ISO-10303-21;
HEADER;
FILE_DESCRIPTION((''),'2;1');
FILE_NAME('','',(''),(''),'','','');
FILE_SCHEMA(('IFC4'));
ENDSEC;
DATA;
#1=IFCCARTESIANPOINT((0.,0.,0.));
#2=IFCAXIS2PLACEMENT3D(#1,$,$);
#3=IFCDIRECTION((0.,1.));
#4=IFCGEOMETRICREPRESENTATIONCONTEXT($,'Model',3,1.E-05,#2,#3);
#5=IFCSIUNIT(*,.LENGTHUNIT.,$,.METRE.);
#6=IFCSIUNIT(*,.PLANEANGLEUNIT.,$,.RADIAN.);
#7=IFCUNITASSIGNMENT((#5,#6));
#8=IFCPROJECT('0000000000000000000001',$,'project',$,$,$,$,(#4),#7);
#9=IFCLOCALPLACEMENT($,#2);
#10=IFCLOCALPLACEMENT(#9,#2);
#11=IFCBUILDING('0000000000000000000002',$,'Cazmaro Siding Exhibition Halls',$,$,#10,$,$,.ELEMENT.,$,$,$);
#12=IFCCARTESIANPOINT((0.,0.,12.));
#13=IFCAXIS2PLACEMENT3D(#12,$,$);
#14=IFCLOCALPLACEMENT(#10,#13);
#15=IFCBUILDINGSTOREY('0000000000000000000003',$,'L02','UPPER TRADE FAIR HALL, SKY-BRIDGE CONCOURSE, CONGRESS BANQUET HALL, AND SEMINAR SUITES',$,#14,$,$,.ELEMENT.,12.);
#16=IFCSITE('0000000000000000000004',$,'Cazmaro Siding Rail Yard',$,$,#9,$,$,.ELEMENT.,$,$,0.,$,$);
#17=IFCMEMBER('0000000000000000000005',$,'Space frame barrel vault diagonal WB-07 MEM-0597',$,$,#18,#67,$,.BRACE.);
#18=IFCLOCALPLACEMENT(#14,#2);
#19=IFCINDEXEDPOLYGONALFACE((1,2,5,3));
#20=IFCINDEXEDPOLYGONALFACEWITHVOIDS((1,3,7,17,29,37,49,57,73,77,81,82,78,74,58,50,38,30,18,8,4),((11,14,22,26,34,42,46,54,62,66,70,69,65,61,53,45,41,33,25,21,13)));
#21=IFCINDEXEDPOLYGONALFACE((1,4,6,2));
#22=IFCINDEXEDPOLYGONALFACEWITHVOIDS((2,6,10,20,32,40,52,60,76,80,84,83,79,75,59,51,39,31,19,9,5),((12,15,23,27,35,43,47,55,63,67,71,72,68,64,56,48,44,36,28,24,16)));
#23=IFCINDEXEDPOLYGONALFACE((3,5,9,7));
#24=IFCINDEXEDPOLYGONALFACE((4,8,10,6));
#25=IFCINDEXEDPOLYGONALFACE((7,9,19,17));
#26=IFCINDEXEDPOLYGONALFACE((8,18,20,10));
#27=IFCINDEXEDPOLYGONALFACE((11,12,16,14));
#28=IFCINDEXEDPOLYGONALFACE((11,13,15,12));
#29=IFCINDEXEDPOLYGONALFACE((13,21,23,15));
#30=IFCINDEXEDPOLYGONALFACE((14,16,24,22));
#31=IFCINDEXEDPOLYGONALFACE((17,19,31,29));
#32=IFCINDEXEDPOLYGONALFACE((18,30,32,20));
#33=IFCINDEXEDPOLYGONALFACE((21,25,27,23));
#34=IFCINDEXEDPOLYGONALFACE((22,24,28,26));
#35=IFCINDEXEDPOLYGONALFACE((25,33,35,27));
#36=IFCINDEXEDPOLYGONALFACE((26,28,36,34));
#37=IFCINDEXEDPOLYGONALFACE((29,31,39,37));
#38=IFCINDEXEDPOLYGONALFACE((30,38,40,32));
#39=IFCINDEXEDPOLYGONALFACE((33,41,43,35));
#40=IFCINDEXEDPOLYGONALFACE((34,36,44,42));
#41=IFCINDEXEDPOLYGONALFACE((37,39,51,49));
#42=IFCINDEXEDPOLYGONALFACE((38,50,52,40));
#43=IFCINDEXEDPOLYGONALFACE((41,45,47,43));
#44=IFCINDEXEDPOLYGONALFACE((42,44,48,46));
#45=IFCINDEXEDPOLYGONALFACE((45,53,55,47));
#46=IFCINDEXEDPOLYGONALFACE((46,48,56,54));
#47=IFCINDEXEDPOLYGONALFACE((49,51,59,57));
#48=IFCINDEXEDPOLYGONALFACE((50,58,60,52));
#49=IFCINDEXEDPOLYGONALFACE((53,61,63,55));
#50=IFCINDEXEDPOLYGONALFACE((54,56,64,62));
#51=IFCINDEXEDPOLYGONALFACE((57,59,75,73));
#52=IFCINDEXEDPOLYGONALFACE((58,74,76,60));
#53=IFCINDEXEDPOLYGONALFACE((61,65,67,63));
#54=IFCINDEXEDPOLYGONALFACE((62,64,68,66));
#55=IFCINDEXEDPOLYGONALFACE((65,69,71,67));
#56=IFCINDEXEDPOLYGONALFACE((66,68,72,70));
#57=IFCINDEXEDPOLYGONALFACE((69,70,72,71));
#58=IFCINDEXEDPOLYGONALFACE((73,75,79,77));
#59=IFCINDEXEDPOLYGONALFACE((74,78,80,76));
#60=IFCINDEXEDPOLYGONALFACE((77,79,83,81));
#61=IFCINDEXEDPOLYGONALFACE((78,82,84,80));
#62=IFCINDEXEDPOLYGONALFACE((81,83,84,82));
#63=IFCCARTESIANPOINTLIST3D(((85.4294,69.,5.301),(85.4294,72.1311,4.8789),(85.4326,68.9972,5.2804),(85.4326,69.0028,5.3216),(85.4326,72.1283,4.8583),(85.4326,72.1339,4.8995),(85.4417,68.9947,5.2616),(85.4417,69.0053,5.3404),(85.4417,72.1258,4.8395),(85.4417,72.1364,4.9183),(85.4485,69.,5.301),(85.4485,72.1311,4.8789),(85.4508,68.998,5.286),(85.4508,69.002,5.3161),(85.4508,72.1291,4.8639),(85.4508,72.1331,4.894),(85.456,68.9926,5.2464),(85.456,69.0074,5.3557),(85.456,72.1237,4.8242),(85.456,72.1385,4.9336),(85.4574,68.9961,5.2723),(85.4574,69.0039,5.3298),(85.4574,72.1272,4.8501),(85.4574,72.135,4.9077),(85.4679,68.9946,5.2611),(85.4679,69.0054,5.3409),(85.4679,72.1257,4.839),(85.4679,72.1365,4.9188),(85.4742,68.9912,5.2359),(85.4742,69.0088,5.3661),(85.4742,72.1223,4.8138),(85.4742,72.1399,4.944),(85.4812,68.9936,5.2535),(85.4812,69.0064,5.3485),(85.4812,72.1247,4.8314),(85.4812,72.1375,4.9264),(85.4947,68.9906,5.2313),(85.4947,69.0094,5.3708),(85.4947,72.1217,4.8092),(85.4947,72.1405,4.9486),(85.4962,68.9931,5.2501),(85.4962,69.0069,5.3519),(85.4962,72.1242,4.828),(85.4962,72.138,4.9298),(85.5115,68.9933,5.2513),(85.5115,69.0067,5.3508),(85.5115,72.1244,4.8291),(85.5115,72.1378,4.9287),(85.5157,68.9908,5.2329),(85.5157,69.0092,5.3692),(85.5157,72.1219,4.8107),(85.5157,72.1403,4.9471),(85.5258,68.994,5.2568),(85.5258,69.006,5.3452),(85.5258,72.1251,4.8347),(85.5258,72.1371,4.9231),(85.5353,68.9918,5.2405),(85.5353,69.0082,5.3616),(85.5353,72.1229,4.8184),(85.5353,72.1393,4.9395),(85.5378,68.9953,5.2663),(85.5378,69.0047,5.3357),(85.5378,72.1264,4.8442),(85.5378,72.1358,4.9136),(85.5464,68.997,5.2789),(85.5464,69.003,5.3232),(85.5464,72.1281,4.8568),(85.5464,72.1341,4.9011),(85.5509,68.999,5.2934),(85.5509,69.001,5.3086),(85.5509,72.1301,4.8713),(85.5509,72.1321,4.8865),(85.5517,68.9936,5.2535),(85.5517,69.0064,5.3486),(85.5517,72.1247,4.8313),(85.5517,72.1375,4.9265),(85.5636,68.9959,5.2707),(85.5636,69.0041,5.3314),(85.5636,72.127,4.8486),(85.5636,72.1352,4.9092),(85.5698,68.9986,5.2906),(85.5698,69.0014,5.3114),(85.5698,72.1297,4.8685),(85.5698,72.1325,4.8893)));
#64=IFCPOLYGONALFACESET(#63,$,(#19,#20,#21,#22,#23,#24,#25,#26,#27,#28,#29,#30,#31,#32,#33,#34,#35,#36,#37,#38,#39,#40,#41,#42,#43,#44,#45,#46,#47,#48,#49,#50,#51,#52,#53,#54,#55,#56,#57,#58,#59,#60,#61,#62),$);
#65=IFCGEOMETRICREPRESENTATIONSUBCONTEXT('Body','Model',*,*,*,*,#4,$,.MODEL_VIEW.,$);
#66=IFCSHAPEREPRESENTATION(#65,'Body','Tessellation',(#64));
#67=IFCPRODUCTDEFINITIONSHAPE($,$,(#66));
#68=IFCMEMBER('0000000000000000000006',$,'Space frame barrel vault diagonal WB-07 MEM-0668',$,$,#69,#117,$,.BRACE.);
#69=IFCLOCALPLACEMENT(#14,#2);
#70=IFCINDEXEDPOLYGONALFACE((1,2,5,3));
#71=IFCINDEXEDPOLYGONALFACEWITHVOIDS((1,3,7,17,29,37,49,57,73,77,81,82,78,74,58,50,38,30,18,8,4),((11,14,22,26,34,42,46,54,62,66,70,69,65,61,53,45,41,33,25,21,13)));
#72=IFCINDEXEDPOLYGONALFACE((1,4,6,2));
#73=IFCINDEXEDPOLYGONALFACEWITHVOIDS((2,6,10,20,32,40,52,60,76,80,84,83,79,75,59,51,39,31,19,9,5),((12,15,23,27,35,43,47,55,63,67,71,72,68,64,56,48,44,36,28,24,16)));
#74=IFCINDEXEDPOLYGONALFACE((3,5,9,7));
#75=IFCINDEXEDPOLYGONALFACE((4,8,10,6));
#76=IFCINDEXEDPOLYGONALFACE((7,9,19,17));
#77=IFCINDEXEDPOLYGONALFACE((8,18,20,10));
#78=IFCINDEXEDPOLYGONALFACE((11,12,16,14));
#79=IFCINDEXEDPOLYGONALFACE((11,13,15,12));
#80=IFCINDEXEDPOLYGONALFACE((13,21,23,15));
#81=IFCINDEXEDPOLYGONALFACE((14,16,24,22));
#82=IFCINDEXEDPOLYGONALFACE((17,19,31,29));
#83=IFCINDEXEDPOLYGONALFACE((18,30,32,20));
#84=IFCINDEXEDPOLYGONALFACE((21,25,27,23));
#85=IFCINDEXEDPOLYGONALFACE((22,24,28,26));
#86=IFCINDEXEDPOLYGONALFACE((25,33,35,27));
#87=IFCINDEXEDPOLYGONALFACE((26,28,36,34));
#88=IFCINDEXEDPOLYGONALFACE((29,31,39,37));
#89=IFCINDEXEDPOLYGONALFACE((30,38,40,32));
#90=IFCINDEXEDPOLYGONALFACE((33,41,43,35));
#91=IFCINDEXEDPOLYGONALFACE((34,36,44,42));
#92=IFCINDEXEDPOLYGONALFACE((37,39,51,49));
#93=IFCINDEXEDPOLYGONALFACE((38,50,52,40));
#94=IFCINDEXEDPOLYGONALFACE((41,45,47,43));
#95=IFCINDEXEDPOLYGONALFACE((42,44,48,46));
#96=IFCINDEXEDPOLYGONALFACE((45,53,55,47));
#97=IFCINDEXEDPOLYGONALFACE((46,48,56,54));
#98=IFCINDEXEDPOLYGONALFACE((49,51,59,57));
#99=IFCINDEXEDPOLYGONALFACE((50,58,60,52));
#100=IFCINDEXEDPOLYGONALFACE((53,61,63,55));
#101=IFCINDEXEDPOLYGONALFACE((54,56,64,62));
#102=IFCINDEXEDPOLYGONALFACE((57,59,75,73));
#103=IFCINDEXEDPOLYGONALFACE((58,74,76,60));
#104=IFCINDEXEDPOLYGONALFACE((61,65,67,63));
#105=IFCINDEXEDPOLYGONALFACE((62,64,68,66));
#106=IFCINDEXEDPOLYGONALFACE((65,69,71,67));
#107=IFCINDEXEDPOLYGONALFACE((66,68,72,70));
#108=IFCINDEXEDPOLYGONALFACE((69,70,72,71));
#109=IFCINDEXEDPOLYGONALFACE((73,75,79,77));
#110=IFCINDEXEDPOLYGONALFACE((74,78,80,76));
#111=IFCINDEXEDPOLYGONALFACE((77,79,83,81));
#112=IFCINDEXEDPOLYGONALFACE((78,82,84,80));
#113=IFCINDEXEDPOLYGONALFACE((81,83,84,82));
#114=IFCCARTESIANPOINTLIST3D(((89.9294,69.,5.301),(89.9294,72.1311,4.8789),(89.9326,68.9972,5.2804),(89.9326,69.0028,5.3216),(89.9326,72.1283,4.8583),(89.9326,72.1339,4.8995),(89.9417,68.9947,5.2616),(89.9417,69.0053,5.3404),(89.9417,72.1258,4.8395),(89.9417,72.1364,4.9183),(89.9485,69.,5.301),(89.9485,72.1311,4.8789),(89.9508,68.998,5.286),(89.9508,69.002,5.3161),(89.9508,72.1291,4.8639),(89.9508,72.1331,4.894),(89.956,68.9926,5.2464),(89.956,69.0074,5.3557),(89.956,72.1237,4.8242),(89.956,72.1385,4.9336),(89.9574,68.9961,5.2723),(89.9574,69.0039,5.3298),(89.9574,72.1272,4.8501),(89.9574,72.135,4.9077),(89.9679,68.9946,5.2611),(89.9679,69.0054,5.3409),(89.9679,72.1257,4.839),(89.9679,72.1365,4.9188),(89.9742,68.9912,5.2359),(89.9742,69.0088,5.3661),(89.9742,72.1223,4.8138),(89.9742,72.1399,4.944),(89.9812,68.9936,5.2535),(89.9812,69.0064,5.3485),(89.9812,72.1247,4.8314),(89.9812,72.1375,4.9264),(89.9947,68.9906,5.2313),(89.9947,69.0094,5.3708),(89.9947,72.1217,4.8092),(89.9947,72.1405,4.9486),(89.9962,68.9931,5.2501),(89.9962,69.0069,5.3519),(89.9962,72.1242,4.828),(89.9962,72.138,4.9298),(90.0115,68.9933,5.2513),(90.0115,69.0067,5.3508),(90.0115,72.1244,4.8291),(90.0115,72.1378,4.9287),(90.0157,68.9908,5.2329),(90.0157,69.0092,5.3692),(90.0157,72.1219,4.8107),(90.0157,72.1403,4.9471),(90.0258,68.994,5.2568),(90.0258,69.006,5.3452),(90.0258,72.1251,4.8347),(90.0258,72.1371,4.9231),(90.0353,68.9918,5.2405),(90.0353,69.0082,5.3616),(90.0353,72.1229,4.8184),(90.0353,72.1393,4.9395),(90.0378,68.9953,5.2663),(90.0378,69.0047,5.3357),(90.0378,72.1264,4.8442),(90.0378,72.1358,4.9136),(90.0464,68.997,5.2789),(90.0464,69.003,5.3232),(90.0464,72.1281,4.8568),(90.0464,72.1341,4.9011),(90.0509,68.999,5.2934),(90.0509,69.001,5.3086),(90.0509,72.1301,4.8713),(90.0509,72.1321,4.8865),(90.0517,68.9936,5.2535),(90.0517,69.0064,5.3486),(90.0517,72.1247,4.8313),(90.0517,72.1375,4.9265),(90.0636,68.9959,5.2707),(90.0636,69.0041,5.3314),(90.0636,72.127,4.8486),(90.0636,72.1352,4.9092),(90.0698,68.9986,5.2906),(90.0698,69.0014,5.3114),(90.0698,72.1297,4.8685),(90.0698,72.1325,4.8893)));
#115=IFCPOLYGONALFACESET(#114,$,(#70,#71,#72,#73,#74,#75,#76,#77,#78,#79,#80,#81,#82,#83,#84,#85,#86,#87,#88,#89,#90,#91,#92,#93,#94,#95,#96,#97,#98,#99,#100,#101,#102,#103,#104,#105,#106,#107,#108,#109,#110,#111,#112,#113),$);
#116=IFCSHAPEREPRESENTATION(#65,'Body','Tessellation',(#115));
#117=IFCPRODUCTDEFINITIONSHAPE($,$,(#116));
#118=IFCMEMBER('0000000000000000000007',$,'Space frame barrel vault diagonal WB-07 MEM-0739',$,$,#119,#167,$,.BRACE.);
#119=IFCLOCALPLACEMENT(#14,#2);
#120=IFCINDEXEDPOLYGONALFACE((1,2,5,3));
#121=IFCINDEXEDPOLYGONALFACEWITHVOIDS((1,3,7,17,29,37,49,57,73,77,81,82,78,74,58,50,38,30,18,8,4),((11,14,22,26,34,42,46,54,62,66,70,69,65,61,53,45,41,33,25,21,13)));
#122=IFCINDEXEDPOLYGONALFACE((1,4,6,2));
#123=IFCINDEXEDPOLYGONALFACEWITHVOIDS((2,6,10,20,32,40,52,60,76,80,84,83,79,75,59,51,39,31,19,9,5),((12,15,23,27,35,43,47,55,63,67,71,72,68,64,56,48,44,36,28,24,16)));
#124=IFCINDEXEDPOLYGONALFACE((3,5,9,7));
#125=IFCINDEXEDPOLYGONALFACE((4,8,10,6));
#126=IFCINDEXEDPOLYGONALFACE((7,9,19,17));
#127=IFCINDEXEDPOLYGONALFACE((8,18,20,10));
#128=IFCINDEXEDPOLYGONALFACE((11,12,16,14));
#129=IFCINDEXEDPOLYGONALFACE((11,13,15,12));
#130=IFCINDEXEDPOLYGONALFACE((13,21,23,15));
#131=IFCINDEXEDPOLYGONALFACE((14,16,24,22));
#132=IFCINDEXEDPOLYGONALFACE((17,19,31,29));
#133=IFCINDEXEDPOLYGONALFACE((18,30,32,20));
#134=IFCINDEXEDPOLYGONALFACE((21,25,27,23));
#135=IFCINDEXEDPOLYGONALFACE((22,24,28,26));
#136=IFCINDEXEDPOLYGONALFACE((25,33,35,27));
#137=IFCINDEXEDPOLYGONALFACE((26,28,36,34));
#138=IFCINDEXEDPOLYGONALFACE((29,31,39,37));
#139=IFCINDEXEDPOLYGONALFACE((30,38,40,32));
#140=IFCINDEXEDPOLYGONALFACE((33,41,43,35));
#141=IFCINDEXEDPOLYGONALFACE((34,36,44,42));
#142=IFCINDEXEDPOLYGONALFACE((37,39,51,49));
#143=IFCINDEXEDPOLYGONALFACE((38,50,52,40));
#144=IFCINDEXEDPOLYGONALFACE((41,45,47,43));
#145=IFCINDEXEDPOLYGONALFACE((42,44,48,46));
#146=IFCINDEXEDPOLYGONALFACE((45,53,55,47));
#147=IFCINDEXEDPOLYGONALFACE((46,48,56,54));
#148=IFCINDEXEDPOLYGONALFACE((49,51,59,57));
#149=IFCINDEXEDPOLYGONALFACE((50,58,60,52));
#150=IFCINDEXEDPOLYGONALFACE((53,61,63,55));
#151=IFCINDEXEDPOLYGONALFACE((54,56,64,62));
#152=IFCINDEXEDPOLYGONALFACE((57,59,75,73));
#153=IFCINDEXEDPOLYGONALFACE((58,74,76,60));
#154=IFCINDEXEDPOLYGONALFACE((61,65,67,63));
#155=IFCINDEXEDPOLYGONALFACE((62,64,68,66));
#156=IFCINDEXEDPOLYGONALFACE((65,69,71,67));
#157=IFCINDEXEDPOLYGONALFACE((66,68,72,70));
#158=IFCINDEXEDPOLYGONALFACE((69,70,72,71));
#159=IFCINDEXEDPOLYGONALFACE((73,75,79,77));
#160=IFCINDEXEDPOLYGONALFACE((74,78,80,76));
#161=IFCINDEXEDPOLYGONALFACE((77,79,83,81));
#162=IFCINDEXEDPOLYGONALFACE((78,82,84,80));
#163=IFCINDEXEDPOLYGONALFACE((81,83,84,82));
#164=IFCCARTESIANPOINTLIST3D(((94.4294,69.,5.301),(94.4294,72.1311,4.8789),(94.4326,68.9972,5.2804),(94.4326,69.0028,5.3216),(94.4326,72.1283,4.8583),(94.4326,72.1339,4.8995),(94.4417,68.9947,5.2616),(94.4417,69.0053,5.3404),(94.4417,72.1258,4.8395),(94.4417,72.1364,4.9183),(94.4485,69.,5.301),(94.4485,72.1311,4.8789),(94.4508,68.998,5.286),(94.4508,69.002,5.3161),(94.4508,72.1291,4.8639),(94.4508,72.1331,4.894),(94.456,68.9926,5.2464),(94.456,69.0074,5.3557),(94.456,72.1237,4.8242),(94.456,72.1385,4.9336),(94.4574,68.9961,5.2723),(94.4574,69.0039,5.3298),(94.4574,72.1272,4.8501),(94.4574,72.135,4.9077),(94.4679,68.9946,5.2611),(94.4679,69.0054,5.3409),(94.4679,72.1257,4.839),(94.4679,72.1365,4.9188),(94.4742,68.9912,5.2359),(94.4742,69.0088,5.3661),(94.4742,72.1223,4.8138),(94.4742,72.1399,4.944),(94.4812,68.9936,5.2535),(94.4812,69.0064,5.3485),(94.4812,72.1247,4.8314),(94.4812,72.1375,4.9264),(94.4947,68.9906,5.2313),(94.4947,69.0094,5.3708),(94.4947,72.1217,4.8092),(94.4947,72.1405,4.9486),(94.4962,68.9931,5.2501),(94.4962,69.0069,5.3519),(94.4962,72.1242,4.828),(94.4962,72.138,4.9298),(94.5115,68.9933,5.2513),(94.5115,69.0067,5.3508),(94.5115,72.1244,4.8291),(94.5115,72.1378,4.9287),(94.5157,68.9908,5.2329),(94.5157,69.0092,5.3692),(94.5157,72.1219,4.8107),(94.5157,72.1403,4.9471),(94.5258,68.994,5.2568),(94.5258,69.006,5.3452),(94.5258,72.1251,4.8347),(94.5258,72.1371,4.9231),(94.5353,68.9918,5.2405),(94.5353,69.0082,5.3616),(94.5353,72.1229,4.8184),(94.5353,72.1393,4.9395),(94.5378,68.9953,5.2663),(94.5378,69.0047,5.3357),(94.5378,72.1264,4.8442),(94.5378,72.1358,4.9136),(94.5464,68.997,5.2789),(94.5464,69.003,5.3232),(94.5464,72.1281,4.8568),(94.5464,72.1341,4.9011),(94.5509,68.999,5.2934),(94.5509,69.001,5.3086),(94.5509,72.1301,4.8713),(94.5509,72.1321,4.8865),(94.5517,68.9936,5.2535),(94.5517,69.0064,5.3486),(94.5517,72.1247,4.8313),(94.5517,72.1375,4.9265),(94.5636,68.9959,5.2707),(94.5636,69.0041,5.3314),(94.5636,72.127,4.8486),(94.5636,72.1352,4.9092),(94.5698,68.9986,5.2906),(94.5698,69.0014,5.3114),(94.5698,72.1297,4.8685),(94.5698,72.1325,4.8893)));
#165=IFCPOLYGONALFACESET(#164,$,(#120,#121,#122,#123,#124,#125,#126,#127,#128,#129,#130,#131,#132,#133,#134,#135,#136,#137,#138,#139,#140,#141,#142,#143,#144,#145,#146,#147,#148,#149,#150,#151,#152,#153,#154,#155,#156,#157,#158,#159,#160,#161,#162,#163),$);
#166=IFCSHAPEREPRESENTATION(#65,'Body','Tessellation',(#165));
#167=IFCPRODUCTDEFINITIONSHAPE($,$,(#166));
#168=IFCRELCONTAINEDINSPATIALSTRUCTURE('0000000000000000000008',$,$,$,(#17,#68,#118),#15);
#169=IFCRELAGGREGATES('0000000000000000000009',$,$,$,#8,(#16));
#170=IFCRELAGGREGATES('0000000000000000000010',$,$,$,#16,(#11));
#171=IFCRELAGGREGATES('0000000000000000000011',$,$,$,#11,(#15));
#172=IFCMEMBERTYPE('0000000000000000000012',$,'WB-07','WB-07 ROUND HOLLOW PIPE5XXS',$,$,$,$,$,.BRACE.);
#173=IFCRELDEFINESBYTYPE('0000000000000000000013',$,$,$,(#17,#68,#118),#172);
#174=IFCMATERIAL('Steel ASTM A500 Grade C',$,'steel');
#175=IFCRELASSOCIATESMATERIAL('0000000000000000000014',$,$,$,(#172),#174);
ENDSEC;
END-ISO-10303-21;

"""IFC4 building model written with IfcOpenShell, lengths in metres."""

from ifc_helpers import new_model, si_unit, direction, frame, origin, origin_2d, place, context, subcontext, project, spatial, hollow_circle, extrude, material, material_profile, profile_set, type_object, element, save


model = new_model("IFC4")

# Units and contexts
model_context = context("Model", 3, precision=1e-05, world=origin(), true_north=direction((0.0, 1.0)))
body_context = subcontext(model_context, "Body", "Model", "MODEL_VIEW")
ifc_project = project(units=[si_unit("LENGTHUNIT", "METRE"), si_unit("PLANEANGLEUNIT", "RADIAN")], contexts=[model_context])

# Site, building, storey
site_placement = place(None, origin())
site = spatial("IfcSite", under=ifc_project, at=site_placement, Name="Cazmaro Siding Rail Yard", CompositionType="ELEMENT", RefElevation=0.0)
building_placement = place(site_placement, origin())
building = spatial("IfcBuilding", under=site, at=building_placement, Name="Cazmaro Siding Exhibition Halls", CompositionType="ELEMENT")
storey_placement = place(building_placement, frame((0.0, 0.0, 12.0)))
storey = spatial("IfcBuildingStorey", under=building, at=storey_placement, Name="L02", Description="UPPER TRADE FAIR HALL, SKY-BRIDGE CONCOURSE, CONGRESS BANQUET HALL, AND SEMINAR SUITES", CompositionType="ELEMENT", Elevation=12.0)

# Members
ifc_material_1 = material(Name="Steel ASTM A500 Grade C", Category="steel")
ifc_material_profile_1 = material_profile(ifc_material_1, hollow_circle(Radius=0.0706, WallThickness=0.019, at=origin_2d()), Name="PIPE5XXS")
ifc_profile_set_1 = profile_set([ifc_material_profile_1], Name="Steel ASTM A500 Grade C")
member_type_1 = type_object("IfcMemberType", Name="WB-07", Description="WB-07 ROUND HOLLOW PIPE5XXS", PredefinedType="BRACE", material=ifc_profile_set_1)
for number, where, z_axis, x_axis, name in (
    (1, (85.5, 69.0, 5.301), (0.0, 0.991035, -0.133606), (-1.0, 0.0, 0.0), "Space frame barrel vault diagonal WB-07 MEM-0597"),
    (2, (90.0, 69.0, 5.301), (0.0, 0.991035, -0.133606), (-1.0, 0.0, 0.0), "Space frame barrel vault diagonal WB-07 MEM-0668"),
    (3, (94.5, 69.0, 5.301), (0.0, 0.991035, -0.133606), (-1.0, 0.0, 0.0), "Space frame barrel vault diagonal WB-07 MEM-0739"),
):
    element("IfcMember", number, at=place(storey_placement, frame(where, z_axis=z_axis, x_axis=x_axis)), inside=storey, type_object=member_type_1, Name=name, PredefinedType="BRACE", context=body_context, shape_type="SweptSolid", body=[
        extrude(hollow_circle(Radius=0.0706, WallThickness=0.019, at=origin_2d()), origin(), (0.0, 0.0, 1.0), 3.1594),
    ])

save(model, "model.ifc")
